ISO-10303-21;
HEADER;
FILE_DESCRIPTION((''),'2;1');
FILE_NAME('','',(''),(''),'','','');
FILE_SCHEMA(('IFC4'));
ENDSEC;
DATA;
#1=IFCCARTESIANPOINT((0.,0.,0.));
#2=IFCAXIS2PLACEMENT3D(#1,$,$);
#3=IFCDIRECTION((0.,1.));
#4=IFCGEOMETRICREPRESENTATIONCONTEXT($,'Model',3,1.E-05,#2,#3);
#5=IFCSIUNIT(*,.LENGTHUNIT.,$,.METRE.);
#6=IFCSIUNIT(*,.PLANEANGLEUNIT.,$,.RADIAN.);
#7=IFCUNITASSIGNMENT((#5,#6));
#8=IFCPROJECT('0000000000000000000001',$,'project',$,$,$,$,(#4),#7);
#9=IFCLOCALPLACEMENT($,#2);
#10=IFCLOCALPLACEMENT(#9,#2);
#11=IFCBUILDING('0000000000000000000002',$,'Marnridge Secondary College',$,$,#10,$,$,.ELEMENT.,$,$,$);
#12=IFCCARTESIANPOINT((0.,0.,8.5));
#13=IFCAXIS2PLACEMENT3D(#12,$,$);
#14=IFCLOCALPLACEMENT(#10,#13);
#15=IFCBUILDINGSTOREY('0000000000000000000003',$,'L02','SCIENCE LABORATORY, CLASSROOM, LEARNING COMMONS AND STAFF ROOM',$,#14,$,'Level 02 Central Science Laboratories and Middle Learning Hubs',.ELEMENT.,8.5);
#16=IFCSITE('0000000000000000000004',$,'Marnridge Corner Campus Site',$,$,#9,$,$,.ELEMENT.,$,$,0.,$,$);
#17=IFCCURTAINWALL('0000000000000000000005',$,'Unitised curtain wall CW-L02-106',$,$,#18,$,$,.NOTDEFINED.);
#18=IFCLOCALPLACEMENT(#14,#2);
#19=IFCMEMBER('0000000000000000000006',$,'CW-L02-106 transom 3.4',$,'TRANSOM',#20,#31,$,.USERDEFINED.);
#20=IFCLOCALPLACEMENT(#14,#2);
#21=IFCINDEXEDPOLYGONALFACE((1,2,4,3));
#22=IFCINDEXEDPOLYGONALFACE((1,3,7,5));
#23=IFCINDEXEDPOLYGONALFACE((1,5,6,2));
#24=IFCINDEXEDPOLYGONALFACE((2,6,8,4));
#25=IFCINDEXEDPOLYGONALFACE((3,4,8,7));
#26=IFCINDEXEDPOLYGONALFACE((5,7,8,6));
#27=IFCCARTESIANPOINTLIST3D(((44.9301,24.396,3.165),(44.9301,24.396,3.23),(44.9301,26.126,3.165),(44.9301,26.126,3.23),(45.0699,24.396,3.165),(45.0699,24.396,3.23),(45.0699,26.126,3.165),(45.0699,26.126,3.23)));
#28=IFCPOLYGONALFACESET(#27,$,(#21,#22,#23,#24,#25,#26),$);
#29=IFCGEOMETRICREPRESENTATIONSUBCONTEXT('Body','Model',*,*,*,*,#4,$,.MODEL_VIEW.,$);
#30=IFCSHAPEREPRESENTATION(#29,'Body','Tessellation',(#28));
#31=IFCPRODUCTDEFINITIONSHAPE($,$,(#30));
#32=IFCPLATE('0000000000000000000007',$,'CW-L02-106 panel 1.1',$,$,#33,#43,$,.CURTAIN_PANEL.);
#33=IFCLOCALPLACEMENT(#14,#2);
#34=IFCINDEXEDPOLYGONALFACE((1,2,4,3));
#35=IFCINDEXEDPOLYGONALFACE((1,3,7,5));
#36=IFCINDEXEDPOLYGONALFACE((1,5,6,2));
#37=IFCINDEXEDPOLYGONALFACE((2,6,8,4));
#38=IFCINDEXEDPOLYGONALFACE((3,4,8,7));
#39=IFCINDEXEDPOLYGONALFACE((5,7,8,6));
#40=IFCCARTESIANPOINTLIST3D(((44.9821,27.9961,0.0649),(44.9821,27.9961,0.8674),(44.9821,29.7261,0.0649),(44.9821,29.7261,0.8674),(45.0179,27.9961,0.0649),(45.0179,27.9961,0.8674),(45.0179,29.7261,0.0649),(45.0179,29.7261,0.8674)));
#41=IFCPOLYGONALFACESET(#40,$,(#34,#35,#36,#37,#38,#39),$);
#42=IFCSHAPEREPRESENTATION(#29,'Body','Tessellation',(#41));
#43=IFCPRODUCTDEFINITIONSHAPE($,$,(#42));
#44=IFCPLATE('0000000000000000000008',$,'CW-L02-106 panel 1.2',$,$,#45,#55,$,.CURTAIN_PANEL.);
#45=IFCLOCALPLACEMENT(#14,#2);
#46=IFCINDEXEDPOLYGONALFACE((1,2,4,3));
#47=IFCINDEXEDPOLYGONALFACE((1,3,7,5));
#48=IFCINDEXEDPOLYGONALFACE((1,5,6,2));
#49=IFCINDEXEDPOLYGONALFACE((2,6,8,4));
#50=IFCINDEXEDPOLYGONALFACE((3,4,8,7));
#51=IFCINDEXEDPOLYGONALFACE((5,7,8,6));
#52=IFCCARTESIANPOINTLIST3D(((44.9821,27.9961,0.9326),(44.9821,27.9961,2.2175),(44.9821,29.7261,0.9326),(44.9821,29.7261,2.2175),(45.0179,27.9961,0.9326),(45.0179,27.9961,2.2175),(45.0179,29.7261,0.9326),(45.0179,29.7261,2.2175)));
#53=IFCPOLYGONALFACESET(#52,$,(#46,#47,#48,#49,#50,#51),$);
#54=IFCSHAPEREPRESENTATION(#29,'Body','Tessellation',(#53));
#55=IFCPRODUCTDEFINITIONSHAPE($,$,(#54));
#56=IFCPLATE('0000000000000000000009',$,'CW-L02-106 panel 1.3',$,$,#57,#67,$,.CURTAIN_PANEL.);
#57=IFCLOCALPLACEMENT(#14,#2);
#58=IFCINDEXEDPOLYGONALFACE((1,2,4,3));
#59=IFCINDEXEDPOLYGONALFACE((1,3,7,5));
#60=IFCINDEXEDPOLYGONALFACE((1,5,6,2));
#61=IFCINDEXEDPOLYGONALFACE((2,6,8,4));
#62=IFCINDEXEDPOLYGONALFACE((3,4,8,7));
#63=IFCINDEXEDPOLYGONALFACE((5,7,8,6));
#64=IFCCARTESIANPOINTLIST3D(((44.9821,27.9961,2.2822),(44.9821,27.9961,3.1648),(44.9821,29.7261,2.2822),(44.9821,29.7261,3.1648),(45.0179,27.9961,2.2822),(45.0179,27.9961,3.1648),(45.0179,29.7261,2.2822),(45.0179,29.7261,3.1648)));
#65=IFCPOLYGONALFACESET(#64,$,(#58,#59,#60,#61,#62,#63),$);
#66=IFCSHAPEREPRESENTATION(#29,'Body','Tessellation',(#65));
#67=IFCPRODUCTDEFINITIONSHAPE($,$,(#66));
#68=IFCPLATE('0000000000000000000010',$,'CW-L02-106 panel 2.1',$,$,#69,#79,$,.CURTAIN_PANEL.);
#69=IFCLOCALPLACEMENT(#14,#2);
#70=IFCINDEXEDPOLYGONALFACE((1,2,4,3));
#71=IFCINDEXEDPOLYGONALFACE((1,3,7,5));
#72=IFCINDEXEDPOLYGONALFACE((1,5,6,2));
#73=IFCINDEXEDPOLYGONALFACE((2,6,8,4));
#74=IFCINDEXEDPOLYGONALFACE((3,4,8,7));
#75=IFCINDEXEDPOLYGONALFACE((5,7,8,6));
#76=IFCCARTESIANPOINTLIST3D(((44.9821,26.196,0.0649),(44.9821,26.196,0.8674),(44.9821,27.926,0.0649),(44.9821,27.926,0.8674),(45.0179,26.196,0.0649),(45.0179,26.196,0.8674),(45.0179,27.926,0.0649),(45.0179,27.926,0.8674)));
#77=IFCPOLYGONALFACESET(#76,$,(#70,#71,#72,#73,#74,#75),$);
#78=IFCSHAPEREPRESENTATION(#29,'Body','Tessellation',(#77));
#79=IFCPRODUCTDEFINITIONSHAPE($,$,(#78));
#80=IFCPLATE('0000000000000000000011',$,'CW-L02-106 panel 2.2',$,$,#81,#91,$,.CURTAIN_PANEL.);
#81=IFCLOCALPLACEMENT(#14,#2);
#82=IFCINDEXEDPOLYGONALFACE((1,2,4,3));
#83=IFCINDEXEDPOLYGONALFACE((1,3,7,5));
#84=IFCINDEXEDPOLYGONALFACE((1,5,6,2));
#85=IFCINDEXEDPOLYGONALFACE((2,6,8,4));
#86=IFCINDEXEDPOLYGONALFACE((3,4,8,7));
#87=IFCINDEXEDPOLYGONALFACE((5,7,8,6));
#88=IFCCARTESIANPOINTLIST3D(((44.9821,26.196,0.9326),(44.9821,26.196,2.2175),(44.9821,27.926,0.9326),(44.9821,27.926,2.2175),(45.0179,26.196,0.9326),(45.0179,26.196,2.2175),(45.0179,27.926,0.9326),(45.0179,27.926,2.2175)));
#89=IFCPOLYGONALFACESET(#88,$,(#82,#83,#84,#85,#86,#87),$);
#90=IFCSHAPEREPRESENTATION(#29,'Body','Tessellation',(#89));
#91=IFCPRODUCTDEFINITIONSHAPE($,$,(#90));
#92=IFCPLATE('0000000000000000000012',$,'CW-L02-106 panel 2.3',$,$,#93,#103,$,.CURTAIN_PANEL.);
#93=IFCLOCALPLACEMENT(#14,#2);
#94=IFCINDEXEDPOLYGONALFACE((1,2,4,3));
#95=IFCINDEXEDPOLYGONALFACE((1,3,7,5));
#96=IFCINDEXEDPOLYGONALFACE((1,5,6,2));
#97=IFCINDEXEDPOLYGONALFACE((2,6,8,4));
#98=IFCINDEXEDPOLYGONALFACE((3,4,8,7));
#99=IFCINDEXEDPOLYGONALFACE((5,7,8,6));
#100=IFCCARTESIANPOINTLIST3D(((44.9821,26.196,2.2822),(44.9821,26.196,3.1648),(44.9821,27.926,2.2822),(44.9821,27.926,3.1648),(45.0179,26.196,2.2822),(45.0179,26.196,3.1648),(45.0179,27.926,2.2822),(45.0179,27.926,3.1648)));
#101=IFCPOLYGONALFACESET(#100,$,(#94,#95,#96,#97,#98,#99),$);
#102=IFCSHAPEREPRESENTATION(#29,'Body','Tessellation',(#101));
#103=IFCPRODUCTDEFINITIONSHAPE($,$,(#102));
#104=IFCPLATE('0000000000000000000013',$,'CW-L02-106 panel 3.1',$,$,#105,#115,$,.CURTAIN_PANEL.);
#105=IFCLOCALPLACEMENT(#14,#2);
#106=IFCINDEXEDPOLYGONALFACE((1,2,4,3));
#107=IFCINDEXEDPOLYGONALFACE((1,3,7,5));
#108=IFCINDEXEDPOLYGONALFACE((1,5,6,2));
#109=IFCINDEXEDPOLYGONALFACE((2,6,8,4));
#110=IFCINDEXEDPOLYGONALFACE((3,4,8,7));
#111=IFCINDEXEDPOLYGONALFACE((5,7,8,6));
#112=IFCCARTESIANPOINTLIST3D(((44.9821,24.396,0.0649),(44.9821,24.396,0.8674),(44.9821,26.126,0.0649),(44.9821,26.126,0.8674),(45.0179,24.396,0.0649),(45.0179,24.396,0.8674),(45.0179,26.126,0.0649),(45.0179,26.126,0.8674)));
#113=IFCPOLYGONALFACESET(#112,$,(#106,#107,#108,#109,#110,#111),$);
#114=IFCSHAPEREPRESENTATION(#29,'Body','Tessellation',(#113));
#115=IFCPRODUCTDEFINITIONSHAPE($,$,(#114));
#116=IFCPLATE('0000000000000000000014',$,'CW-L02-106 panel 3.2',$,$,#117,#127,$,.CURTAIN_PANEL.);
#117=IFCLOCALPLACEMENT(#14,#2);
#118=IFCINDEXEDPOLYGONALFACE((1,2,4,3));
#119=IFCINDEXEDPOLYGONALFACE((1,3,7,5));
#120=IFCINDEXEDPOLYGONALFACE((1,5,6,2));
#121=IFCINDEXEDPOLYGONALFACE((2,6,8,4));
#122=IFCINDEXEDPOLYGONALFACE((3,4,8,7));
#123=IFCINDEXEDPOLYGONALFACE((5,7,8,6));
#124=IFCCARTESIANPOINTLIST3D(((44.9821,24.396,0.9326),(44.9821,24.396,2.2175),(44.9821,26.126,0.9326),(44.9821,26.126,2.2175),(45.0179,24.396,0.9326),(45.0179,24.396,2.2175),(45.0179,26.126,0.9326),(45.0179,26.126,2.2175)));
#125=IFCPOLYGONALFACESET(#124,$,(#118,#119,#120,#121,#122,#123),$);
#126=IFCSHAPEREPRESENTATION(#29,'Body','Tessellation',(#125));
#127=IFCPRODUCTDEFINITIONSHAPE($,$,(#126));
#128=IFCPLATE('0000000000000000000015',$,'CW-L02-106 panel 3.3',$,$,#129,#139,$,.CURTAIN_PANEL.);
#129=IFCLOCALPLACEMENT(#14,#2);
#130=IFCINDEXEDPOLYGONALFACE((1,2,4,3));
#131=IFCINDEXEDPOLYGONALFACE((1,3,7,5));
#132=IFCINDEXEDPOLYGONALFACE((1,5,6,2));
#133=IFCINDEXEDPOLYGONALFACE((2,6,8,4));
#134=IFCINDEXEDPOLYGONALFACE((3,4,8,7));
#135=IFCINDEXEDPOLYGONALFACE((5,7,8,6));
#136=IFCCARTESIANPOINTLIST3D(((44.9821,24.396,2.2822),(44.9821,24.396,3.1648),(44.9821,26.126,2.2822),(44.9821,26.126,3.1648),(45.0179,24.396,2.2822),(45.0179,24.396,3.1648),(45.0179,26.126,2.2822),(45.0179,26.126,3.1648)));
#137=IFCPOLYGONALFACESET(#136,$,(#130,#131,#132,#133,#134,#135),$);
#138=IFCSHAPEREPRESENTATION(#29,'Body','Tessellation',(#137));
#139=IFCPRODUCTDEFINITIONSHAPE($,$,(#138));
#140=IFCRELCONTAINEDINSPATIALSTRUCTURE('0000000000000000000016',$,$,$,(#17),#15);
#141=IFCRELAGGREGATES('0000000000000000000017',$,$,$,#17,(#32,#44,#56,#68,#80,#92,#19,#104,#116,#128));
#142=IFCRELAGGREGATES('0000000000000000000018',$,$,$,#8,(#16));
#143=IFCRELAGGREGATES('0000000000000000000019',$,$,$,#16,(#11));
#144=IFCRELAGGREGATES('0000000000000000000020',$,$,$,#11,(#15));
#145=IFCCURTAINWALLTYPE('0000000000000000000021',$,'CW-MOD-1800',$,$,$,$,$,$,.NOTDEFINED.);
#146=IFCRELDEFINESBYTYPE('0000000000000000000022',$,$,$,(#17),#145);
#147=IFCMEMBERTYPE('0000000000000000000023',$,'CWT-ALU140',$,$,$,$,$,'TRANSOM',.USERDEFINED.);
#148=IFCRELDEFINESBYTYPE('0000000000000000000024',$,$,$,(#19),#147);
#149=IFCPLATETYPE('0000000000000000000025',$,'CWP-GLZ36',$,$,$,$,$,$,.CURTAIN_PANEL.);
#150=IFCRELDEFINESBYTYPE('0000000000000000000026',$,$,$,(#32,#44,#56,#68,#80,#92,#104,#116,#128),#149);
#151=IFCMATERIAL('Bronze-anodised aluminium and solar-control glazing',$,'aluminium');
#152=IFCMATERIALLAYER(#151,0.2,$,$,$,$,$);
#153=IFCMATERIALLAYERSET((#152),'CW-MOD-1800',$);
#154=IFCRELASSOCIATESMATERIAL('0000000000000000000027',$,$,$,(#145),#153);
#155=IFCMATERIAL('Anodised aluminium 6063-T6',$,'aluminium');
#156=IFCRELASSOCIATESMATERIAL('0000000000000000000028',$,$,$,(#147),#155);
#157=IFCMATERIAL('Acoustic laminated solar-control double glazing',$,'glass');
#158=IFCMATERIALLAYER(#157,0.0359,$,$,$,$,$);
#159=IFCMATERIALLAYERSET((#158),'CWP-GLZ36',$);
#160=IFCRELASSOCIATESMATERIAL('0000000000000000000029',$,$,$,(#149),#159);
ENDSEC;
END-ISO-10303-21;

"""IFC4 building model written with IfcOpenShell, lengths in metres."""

from ifc_helpers import new_model, si_unit, direction, frame, origin, origin_2d, place, context, subcontext, project, spatial, rectangle, extrude, material, layer, layer_set, material_profile, profile_set, type_object, element, aggregate, save


model = new_model("IFC4")

# Units and contexts
model_context = context("Model", 3, precision=1e-05, world=origin(), true_north=direction((0.0, 1.0)))
body_context = subcontext(model_context, "Body", "Model", "MODEL_VIEW")
ifc_project = project(units=[si_unit("LENGTHUNIT", "METRE"), si_unit("PLANEANGLEUNIT", "RADIAN")], contexts=[model_context])

# Site, building, storey
site_placement = place(None, origin())
site = spatial("IfcSite", under=ifc_project, at=site_placement, Name="Marnridge Corner Campus Site", CompositionType="ELEMENT", RefElevation=0.0)
building_placement = place(site_placement, origin())
building = spatial("IfcBuilding", under=site, at=building_placement, Name="Marnridge Secondary College", CompositionType="ELEMENT")
storey_placement = place(building_placement, frame((0.0, 0.0, 8.5)))
storey = spatial("IfcBuildingStorey", under=building, at=storey_placement, Name="L02", Description="SCIENCE LABORATORY, CLASSROOM, LEARNING COMMONS AND STAFF ROOM", LongName="Level 02 Central Science Laboratories and Middle Learning Hubs", CompositionType="ELEMENT", Elevation=8.5)

# Curtain wall, member, plates
ifc_material_1 = material(Name="Bronze-anodised aluminium and solar-control glazing", Category="aluminium")
ifc_layer_1 = layer(ifc_material_1, 0.2)
ifc_layer_set_1 = layer_set([ifc_layer_1], Name="CW-MOD-1800")
curtain_wall_type = type_object("IfcCurtainWallType", Name="CW-MOD-1800", PredefinedType="NOTDEFINED", material=ifc_layer_set_1)
curtain_wall_placement = place(storey_placement, origin())
curtain_wall = element("IfcCurtainWall", 1, at=curtain_wall_placement, inside=storey, type_object=curtain_wall_type, Name="Unitised curtain wall CW-L02-106", PredefinedType="NOTDEFINED")
ifc_material_2 = material(Name="Anodised aluminium 6063-T6", Category="aluminium")
ifc_material_profile_1 = material_profile(ifc_material_2, rectangle(XDim=0.0649, YDim=0.1399, at=origin_2d()), Name="ALU 65x140")
ifc_profile_set_1 = profile_set([ifc_material_profile_1], Name="Anodised aluminium 6063-T6")
member_type_1 = type_object("IfcMemberType", Name="CWT-ALU140", ElementType="TRANSOM", PredefinedType="USERDEFINED", material=ifc_profile_set_1)
member_1_placement = place(storey_placement, frame((45.0, 26.126, 3.1975), z_axis=(0.0, -1.0, 0.0), x_axis=(0.0, 0.0, 1.0)))
member_1 = element("IfcMember", 2, at=member_1_placement, type_object=member_type_1, Name="CW-L02-106 transom 3.4", ObjectType="TRANSOM", PredefinedType="USERDEFINED", context=body_context, shape_type="SweptSolid", body=[
    extrude(rectangle(XDim=0.0649, YDim=0.1399, at=origin_2d()), origin(), (0.0, 0.0, 1.0), 1.73),
])
ifc_material_3 = material(Name="Acoustic laminated solar-control double glazing", Category="glass")
ifc_layer_2 = layer(ifc_material_3, 0.0359)
ifc_layer_set_2 = layer_set([ifc_layer_2], Name="CWP-GLZ36")
plate_type = type_object("IfcPlateType", Name="CWP-GLZ36", PredefinedType="CURTAIN_PANEL", material=ifc_layer_set_2)
plate_1_placement = place(storey_placement, frame((45.0, 28.8611, 0.0649), z_axis=(0.0, 0.0, 1.0), x_axis=(0.0, -1.0, 0.0)))
plate_1 = element("IfcPlate", 3, at=plate_1_placement, type_object=plate_type, Name="CW-L02-106 panel 1.1", PredefinedType="CURTAIN_PANEL", context=body_context, shape_type="SweptSolid", body=[
    extrude(rectangle(XDim=1.73, YDim=0.0359, at=origin_2d()), origin(), (0.0, 0.0, 1.0), 0.8025),
])
plate_2_placement = place(storey_placement, frame((45.0, 28.8611, 0.9326), z_axis=(0.0, 0.0, 1.0), x_axis=(0.0, -1.0, 0.0)))
plate_2 = element("IfcPlate", 4, at=plate_2_placement, type_object=plate_type, Name="CW-L02-106 panel 1.2", PredefinedType="CURTAIN_PANEL", context=body_context, shape_type="SweptSolid", body=[
    extrude(rectangle(XDim=1.73, YDim=0.0359, at=origin_2d()), origin(), (0.0, 0.0, 1.0), 1.2849),
])
plate_3_placement = place(storey_placement, frame((45.0, 28.8611, 2.2822), z_axis=(0.0, 0.0, 1.0), x_axis=(0.0, -1.0, 0.0)))
plate_3 = element("IfcPlate", 5, at=plate_3_placement, type_object=plate_type, Name="CW-L02-106 panel 1.3", PredefinedType="CURTAIN_PANEL", context=body_context, shape_type="SweptSolid", body=[
    extrude(rectangle(XDim=1.73, YDim=0.0359, at=origin_2d()), origin(), (0.0, 0.0, 1.0), 0.8826),
])
plate_4_placement = place(storey_placement, frame((45.0, 27.061, 0.0649), z_axis=(0.0, 0.0, 1.0), x_axis=(0.0, -1.0, 0.0)))
plate_4 = element("IfcPlate", 6, at=plate_4_placement, type_object=plate_type, Name="CW-L02-106 panel 2.1", PredefinedType="CURTAIN_PANEL", context=body_context, shape_type="SweptSolid", body=[
    extrude(rectangle(XDim=1.73, YDim=0.0359, at=origin_2d()), origin(), (0.0, 0.0, 1.0), 0.8025),
])
plate_5_placement = place(storey_placement, frame((45.0, 27.061, 0.9326), z_axis=(0.0, 0.0, 1.0), x_axis=(0.0, -1.0, 0.0)))
plate_5 = element("IfcPlate", 7, at=plate_5_placement, type_object=plate_type, Name="CW-L02-106 panel 2.2", PredefinedType="CURTAIN_PANEL", context=body_context, shape_type="SweptSolid", body=[
    extrude(rectangle(XDim=1.73, YDim=0.0359, at=origin_2d()), origin(), (0.0, 0.0, 1.0), 1.2849),
])
plate_6_placement = place(storey_placement, frame((45.0, 27.061, 2.2822), z_axis=(0.0, 0.0, 1.0), x_axis=(0.0, -1.0, 0.0)))
plate_6 = element("IfcPlate", 8, at=plate_6_placement, type_object=plate_type, Name="CW-L02-106 panel 2.3", PredefinedType="CURTAIN_PANEL", context=body_context, shape_type="SweptSolid", body=[
    extrude(rectangle(XDim=1.73, YDim=0.0359, at=origin_2d()), origin(), (0.0, 0.0, 1.0), 0.8826),
])
plate_7_placement = place(storey_placement, frame((45.0, 25.261, 0.0649), z_axis=(0.0, 0.0, 1.0), x_axis=(0.0, -1.0, 0.0)))
plate_7 = element("IfcPlate", 9, at=plate_7_placement, type_object=plate_type, Name="CW-L02-106 panel 3.1", PredefinedType="CURTAIN_PANEL", context=body_context, shape_type="SweptSolid", body=[
    extrude(rectangle(XDim=1.73, YDim=0.0359, at=origin_2d()), origin(), (0.0, 0.0, 1.0), 0.8025),
])
plate_8_placement = place(storey_placement, frame((45.0, 25.261, 0.9326), z_axis=(0.0, 0.0, 1.0), x_axis=(0.0, -1.0, 0.0)))
plate_8 = element("IfcPlate", 10, at=plate_8_placement, type_object=plate_type, Name="CW-L02-106 panel 3.2", PredefinedType="CURTAIN_PANEL", context=body_context, shape_type="SweptSolid", body=[
    extrude(rectangle(XDim=1.73, YDim=0.0359, at=origin_2d()), origin(), (0.0, 0.0, 1.0), 1.2849),
])
plate_9_placement = place(storey_placement, frame((45.0, 25.261, 2.2822), z_axis=(0.0, 0.0, 1.0), x_axis=(0.0, -1.0, 0.0)))
plate_9 = element("IfcPlate", 11, at=plate_9_placement, type_object=plate_type, Name="CW-L02-106 panel 3.3", PredefinedType="CURTAIN_PANEL", context=body_context, shape_type="SweptSolid", body=[
    extrude(rectangle(XDim=1.73, YDim=0.0359, at=origin_2d()), origin(), (0.0, 0.0, 1.0), 0.8826),
])
aggregate(curtain_wall, [plate_1, plate_2, plate_3, plate_4, plate_5, plate_6, member_1, plate_7, plate_8, plate_9])

save(model, "model.ifc")
